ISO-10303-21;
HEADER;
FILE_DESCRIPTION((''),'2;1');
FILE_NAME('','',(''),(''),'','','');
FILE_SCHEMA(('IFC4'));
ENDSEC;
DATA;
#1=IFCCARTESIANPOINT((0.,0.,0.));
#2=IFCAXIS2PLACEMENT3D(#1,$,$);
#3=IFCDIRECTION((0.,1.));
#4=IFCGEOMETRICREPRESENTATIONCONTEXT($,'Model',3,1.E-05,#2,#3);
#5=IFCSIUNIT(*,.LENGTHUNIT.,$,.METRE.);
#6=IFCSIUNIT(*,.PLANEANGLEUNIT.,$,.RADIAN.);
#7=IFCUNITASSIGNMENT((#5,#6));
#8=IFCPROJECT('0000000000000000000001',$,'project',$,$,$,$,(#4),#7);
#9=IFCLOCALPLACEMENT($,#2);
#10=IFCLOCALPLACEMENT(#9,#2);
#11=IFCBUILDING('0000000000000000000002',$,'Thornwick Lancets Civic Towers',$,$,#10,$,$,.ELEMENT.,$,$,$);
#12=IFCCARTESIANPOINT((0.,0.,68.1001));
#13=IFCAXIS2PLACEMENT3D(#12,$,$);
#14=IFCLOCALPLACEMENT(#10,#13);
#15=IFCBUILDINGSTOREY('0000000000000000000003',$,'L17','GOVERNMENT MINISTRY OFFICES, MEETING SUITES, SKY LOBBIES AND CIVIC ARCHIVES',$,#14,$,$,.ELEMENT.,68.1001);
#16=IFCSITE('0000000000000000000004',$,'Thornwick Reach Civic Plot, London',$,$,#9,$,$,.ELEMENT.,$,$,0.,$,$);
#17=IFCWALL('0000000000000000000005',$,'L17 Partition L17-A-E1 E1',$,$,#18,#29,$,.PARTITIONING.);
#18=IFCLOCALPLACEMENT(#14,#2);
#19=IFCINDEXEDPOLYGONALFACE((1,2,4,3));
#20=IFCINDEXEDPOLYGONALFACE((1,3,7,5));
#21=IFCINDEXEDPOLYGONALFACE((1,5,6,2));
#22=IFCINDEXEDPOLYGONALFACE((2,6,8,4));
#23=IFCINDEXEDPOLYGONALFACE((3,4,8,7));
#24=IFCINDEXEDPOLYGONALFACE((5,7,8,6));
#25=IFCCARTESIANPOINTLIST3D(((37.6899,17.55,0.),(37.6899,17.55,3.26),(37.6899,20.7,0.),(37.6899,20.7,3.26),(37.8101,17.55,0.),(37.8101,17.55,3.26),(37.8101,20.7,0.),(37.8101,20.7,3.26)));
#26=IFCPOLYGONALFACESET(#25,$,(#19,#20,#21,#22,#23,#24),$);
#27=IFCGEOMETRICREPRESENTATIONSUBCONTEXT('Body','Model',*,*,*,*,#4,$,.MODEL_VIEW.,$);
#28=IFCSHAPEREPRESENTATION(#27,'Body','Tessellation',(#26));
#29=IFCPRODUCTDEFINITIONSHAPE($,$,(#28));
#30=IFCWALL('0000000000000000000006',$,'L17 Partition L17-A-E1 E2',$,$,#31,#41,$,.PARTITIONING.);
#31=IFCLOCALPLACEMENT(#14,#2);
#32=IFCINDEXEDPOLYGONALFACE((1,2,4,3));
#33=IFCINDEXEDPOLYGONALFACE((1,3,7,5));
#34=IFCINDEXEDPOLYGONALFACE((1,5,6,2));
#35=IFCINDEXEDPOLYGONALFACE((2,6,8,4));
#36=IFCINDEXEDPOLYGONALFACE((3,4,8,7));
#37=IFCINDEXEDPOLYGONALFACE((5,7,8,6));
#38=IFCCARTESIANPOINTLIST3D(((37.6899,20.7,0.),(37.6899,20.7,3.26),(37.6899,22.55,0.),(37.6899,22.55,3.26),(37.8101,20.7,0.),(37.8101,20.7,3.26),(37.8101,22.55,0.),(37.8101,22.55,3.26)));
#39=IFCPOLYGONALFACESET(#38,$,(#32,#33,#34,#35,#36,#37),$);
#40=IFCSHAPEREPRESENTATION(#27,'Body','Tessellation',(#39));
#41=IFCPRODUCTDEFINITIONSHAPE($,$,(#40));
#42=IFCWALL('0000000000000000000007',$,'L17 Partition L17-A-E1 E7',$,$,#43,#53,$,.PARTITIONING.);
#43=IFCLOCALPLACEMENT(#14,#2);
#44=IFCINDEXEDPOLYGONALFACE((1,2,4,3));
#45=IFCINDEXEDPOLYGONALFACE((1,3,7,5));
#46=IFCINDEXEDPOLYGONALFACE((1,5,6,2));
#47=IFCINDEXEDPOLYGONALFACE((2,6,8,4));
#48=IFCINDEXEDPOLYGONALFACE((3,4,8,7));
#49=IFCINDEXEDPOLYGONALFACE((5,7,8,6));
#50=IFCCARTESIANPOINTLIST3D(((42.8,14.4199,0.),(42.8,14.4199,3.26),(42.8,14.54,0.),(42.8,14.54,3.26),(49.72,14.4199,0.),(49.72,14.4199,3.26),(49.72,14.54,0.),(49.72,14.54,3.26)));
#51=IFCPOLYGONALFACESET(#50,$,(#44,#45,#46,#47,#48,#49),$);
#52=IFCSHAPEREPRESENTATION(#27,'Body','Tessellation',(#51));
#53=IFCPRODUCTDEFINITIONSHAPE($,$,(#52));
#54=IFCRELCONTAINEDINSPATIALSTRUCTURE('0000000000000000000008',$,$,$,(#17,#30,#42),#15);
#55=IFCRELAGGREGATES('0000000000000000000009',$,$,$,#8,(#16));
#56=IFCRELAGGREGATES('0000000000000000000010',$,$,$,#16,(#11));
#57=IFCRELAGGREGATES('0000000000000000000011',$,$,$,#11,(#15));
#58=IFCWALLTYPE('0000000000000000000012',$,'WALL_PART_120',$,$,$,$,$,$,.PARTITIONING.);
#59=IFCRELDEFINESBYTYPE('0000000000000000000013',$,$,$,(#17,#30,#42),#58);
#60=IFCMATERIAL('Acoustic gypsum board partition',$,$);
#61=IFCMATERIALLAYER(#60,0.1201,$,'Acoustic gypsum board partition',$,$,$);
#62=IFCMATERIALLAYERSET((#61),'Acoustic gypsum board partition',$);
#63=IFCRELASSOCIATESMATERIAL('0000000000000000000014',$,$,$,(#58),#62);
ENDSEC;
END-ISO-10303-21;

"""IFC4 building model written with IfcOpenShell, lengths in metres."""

from ifc_helpers import new_model, si_unit, direction, frame, frame_2d, origin, place, context, subcontext, project, spatial, rectangle, extrude, material, layer, layer_set, type_object, element, save


model = new_model("IFC4")

# Units and contexts
model_context = context("Model", 3, precision=1e-05, world=origin(), true_north=direction((0.0, 1.0)))
body_context = subcontext(model_context, "Body", "Model", "MODEL_VIEW")
ifc_project = project(units=[si_unit("LENGTHUNIT", "METRE"), si_unit("PLANEANGLEUNIT", "RADIAN")], contexts=[model_context])

# Site, building, storey
site_placement = place(None, origin())
site = spatial("IfcSite", under=ifc_project, at=site_placement, Name="Thornwick Reach Civic Plot, London", CompositionType="ELEMENT", RefElevation=0.0)
building_placement = place(site_placement, origin())
building = spatial("IfcBuilding", under=site, at=building_placement, Name="Thornwick Lancets Civic Towers", CompositionType="ELEMENT")
storey_placement = place(building_placement, frame((0.0, 0.0, 68.1001)))
storey = spatial("IfcBuildingStorey", under=building, at=storey_placement, Name="L17", Description="GOVERNMENT MINISTRY OFFICES, MEETING SUITES, SKY LOBBIES AND CIVIC ARCHIVES", CompositionType="ELEMENT", Elevation=68.1001)

# Walls
ifc_material_1 = material(Name="Acoustic gypsum board partition")
ifc_layer_1 = layer(ifc_material_1, 0.1201, Name="Acoustic gypsum board partition")
ifc_layer_set_1 = layer_set([ifc_layer_1], Name="Acoustic gypsum board partition")
wall_type_1 = type_object("IfcWallType", Name="WALL_PART_120", PredefinedType="PARTITIONING", material=ifc_layer_set_1)
wall_1_placement = place(storey_placement, frame((37.75, 17.55, 0.0), z_axis=(0.0, 0.0, 1.0), x_axis=(0.0, 1.0, 0.0)))
element("IfcWall", 1, at=wall_1_placement, inside=storey, type_object=wall_type_1, Name="L17 Partition L17-A-E1 E1", PredefinedType="PARTITIONING", context=body_context, shape_type="SweptSolid", body=[
    extrude(rectangle(XDim=3.1499, YDim=0.1201, at=frame_2d((1.575, 0.0))), origin(), (0.0, 0.0, 1.0), 3.26),
])
wall_2_placement = place(storey_placement, frame((37.75, 20.7, 0.0), z_axis=(0.0, 0.0, 1.0), x_axis=(0.0, 1.0, 0.0)))
element("IfcWall", 2, at=wall_2_placement, inside=storey, type_object=wall_type_1, Name="L17 Partition L17-A-E1 E2", PredefinedType="PARTITIONING", context=body_context, shape_type="SweptSolid", body=[
    extrude(rectangle(XDim=1.8501, YDim=0.1201, at=frame_2d((0.925, 0.0))), origin(), (0.0, 0.0, 1.0), 3.26),
])
wall_3_placement = place(storey_placement, frame((49.72, 14.48, 0.0), z_axis=(0.0, 0.0, 1.0), x_axis=(-1.0, 0.0, 0.0)))
element("IfcWall", 3, at=wall_3_placement, inside=storey, type_object=wall_type_1, Name="L17 Partition L17-A-E1 E7", PredefinedType="PARTITIONING", context=body_context, shape_type="SweptSolid", body=[
    extrude(rectangle(XDim=6.9199, YDim=0.1201, at=frame_2d((3.46, 0.0))), origin(), (0.0, 0.0, 1.0), 3.26),
])

save(model, "model.ifc")
